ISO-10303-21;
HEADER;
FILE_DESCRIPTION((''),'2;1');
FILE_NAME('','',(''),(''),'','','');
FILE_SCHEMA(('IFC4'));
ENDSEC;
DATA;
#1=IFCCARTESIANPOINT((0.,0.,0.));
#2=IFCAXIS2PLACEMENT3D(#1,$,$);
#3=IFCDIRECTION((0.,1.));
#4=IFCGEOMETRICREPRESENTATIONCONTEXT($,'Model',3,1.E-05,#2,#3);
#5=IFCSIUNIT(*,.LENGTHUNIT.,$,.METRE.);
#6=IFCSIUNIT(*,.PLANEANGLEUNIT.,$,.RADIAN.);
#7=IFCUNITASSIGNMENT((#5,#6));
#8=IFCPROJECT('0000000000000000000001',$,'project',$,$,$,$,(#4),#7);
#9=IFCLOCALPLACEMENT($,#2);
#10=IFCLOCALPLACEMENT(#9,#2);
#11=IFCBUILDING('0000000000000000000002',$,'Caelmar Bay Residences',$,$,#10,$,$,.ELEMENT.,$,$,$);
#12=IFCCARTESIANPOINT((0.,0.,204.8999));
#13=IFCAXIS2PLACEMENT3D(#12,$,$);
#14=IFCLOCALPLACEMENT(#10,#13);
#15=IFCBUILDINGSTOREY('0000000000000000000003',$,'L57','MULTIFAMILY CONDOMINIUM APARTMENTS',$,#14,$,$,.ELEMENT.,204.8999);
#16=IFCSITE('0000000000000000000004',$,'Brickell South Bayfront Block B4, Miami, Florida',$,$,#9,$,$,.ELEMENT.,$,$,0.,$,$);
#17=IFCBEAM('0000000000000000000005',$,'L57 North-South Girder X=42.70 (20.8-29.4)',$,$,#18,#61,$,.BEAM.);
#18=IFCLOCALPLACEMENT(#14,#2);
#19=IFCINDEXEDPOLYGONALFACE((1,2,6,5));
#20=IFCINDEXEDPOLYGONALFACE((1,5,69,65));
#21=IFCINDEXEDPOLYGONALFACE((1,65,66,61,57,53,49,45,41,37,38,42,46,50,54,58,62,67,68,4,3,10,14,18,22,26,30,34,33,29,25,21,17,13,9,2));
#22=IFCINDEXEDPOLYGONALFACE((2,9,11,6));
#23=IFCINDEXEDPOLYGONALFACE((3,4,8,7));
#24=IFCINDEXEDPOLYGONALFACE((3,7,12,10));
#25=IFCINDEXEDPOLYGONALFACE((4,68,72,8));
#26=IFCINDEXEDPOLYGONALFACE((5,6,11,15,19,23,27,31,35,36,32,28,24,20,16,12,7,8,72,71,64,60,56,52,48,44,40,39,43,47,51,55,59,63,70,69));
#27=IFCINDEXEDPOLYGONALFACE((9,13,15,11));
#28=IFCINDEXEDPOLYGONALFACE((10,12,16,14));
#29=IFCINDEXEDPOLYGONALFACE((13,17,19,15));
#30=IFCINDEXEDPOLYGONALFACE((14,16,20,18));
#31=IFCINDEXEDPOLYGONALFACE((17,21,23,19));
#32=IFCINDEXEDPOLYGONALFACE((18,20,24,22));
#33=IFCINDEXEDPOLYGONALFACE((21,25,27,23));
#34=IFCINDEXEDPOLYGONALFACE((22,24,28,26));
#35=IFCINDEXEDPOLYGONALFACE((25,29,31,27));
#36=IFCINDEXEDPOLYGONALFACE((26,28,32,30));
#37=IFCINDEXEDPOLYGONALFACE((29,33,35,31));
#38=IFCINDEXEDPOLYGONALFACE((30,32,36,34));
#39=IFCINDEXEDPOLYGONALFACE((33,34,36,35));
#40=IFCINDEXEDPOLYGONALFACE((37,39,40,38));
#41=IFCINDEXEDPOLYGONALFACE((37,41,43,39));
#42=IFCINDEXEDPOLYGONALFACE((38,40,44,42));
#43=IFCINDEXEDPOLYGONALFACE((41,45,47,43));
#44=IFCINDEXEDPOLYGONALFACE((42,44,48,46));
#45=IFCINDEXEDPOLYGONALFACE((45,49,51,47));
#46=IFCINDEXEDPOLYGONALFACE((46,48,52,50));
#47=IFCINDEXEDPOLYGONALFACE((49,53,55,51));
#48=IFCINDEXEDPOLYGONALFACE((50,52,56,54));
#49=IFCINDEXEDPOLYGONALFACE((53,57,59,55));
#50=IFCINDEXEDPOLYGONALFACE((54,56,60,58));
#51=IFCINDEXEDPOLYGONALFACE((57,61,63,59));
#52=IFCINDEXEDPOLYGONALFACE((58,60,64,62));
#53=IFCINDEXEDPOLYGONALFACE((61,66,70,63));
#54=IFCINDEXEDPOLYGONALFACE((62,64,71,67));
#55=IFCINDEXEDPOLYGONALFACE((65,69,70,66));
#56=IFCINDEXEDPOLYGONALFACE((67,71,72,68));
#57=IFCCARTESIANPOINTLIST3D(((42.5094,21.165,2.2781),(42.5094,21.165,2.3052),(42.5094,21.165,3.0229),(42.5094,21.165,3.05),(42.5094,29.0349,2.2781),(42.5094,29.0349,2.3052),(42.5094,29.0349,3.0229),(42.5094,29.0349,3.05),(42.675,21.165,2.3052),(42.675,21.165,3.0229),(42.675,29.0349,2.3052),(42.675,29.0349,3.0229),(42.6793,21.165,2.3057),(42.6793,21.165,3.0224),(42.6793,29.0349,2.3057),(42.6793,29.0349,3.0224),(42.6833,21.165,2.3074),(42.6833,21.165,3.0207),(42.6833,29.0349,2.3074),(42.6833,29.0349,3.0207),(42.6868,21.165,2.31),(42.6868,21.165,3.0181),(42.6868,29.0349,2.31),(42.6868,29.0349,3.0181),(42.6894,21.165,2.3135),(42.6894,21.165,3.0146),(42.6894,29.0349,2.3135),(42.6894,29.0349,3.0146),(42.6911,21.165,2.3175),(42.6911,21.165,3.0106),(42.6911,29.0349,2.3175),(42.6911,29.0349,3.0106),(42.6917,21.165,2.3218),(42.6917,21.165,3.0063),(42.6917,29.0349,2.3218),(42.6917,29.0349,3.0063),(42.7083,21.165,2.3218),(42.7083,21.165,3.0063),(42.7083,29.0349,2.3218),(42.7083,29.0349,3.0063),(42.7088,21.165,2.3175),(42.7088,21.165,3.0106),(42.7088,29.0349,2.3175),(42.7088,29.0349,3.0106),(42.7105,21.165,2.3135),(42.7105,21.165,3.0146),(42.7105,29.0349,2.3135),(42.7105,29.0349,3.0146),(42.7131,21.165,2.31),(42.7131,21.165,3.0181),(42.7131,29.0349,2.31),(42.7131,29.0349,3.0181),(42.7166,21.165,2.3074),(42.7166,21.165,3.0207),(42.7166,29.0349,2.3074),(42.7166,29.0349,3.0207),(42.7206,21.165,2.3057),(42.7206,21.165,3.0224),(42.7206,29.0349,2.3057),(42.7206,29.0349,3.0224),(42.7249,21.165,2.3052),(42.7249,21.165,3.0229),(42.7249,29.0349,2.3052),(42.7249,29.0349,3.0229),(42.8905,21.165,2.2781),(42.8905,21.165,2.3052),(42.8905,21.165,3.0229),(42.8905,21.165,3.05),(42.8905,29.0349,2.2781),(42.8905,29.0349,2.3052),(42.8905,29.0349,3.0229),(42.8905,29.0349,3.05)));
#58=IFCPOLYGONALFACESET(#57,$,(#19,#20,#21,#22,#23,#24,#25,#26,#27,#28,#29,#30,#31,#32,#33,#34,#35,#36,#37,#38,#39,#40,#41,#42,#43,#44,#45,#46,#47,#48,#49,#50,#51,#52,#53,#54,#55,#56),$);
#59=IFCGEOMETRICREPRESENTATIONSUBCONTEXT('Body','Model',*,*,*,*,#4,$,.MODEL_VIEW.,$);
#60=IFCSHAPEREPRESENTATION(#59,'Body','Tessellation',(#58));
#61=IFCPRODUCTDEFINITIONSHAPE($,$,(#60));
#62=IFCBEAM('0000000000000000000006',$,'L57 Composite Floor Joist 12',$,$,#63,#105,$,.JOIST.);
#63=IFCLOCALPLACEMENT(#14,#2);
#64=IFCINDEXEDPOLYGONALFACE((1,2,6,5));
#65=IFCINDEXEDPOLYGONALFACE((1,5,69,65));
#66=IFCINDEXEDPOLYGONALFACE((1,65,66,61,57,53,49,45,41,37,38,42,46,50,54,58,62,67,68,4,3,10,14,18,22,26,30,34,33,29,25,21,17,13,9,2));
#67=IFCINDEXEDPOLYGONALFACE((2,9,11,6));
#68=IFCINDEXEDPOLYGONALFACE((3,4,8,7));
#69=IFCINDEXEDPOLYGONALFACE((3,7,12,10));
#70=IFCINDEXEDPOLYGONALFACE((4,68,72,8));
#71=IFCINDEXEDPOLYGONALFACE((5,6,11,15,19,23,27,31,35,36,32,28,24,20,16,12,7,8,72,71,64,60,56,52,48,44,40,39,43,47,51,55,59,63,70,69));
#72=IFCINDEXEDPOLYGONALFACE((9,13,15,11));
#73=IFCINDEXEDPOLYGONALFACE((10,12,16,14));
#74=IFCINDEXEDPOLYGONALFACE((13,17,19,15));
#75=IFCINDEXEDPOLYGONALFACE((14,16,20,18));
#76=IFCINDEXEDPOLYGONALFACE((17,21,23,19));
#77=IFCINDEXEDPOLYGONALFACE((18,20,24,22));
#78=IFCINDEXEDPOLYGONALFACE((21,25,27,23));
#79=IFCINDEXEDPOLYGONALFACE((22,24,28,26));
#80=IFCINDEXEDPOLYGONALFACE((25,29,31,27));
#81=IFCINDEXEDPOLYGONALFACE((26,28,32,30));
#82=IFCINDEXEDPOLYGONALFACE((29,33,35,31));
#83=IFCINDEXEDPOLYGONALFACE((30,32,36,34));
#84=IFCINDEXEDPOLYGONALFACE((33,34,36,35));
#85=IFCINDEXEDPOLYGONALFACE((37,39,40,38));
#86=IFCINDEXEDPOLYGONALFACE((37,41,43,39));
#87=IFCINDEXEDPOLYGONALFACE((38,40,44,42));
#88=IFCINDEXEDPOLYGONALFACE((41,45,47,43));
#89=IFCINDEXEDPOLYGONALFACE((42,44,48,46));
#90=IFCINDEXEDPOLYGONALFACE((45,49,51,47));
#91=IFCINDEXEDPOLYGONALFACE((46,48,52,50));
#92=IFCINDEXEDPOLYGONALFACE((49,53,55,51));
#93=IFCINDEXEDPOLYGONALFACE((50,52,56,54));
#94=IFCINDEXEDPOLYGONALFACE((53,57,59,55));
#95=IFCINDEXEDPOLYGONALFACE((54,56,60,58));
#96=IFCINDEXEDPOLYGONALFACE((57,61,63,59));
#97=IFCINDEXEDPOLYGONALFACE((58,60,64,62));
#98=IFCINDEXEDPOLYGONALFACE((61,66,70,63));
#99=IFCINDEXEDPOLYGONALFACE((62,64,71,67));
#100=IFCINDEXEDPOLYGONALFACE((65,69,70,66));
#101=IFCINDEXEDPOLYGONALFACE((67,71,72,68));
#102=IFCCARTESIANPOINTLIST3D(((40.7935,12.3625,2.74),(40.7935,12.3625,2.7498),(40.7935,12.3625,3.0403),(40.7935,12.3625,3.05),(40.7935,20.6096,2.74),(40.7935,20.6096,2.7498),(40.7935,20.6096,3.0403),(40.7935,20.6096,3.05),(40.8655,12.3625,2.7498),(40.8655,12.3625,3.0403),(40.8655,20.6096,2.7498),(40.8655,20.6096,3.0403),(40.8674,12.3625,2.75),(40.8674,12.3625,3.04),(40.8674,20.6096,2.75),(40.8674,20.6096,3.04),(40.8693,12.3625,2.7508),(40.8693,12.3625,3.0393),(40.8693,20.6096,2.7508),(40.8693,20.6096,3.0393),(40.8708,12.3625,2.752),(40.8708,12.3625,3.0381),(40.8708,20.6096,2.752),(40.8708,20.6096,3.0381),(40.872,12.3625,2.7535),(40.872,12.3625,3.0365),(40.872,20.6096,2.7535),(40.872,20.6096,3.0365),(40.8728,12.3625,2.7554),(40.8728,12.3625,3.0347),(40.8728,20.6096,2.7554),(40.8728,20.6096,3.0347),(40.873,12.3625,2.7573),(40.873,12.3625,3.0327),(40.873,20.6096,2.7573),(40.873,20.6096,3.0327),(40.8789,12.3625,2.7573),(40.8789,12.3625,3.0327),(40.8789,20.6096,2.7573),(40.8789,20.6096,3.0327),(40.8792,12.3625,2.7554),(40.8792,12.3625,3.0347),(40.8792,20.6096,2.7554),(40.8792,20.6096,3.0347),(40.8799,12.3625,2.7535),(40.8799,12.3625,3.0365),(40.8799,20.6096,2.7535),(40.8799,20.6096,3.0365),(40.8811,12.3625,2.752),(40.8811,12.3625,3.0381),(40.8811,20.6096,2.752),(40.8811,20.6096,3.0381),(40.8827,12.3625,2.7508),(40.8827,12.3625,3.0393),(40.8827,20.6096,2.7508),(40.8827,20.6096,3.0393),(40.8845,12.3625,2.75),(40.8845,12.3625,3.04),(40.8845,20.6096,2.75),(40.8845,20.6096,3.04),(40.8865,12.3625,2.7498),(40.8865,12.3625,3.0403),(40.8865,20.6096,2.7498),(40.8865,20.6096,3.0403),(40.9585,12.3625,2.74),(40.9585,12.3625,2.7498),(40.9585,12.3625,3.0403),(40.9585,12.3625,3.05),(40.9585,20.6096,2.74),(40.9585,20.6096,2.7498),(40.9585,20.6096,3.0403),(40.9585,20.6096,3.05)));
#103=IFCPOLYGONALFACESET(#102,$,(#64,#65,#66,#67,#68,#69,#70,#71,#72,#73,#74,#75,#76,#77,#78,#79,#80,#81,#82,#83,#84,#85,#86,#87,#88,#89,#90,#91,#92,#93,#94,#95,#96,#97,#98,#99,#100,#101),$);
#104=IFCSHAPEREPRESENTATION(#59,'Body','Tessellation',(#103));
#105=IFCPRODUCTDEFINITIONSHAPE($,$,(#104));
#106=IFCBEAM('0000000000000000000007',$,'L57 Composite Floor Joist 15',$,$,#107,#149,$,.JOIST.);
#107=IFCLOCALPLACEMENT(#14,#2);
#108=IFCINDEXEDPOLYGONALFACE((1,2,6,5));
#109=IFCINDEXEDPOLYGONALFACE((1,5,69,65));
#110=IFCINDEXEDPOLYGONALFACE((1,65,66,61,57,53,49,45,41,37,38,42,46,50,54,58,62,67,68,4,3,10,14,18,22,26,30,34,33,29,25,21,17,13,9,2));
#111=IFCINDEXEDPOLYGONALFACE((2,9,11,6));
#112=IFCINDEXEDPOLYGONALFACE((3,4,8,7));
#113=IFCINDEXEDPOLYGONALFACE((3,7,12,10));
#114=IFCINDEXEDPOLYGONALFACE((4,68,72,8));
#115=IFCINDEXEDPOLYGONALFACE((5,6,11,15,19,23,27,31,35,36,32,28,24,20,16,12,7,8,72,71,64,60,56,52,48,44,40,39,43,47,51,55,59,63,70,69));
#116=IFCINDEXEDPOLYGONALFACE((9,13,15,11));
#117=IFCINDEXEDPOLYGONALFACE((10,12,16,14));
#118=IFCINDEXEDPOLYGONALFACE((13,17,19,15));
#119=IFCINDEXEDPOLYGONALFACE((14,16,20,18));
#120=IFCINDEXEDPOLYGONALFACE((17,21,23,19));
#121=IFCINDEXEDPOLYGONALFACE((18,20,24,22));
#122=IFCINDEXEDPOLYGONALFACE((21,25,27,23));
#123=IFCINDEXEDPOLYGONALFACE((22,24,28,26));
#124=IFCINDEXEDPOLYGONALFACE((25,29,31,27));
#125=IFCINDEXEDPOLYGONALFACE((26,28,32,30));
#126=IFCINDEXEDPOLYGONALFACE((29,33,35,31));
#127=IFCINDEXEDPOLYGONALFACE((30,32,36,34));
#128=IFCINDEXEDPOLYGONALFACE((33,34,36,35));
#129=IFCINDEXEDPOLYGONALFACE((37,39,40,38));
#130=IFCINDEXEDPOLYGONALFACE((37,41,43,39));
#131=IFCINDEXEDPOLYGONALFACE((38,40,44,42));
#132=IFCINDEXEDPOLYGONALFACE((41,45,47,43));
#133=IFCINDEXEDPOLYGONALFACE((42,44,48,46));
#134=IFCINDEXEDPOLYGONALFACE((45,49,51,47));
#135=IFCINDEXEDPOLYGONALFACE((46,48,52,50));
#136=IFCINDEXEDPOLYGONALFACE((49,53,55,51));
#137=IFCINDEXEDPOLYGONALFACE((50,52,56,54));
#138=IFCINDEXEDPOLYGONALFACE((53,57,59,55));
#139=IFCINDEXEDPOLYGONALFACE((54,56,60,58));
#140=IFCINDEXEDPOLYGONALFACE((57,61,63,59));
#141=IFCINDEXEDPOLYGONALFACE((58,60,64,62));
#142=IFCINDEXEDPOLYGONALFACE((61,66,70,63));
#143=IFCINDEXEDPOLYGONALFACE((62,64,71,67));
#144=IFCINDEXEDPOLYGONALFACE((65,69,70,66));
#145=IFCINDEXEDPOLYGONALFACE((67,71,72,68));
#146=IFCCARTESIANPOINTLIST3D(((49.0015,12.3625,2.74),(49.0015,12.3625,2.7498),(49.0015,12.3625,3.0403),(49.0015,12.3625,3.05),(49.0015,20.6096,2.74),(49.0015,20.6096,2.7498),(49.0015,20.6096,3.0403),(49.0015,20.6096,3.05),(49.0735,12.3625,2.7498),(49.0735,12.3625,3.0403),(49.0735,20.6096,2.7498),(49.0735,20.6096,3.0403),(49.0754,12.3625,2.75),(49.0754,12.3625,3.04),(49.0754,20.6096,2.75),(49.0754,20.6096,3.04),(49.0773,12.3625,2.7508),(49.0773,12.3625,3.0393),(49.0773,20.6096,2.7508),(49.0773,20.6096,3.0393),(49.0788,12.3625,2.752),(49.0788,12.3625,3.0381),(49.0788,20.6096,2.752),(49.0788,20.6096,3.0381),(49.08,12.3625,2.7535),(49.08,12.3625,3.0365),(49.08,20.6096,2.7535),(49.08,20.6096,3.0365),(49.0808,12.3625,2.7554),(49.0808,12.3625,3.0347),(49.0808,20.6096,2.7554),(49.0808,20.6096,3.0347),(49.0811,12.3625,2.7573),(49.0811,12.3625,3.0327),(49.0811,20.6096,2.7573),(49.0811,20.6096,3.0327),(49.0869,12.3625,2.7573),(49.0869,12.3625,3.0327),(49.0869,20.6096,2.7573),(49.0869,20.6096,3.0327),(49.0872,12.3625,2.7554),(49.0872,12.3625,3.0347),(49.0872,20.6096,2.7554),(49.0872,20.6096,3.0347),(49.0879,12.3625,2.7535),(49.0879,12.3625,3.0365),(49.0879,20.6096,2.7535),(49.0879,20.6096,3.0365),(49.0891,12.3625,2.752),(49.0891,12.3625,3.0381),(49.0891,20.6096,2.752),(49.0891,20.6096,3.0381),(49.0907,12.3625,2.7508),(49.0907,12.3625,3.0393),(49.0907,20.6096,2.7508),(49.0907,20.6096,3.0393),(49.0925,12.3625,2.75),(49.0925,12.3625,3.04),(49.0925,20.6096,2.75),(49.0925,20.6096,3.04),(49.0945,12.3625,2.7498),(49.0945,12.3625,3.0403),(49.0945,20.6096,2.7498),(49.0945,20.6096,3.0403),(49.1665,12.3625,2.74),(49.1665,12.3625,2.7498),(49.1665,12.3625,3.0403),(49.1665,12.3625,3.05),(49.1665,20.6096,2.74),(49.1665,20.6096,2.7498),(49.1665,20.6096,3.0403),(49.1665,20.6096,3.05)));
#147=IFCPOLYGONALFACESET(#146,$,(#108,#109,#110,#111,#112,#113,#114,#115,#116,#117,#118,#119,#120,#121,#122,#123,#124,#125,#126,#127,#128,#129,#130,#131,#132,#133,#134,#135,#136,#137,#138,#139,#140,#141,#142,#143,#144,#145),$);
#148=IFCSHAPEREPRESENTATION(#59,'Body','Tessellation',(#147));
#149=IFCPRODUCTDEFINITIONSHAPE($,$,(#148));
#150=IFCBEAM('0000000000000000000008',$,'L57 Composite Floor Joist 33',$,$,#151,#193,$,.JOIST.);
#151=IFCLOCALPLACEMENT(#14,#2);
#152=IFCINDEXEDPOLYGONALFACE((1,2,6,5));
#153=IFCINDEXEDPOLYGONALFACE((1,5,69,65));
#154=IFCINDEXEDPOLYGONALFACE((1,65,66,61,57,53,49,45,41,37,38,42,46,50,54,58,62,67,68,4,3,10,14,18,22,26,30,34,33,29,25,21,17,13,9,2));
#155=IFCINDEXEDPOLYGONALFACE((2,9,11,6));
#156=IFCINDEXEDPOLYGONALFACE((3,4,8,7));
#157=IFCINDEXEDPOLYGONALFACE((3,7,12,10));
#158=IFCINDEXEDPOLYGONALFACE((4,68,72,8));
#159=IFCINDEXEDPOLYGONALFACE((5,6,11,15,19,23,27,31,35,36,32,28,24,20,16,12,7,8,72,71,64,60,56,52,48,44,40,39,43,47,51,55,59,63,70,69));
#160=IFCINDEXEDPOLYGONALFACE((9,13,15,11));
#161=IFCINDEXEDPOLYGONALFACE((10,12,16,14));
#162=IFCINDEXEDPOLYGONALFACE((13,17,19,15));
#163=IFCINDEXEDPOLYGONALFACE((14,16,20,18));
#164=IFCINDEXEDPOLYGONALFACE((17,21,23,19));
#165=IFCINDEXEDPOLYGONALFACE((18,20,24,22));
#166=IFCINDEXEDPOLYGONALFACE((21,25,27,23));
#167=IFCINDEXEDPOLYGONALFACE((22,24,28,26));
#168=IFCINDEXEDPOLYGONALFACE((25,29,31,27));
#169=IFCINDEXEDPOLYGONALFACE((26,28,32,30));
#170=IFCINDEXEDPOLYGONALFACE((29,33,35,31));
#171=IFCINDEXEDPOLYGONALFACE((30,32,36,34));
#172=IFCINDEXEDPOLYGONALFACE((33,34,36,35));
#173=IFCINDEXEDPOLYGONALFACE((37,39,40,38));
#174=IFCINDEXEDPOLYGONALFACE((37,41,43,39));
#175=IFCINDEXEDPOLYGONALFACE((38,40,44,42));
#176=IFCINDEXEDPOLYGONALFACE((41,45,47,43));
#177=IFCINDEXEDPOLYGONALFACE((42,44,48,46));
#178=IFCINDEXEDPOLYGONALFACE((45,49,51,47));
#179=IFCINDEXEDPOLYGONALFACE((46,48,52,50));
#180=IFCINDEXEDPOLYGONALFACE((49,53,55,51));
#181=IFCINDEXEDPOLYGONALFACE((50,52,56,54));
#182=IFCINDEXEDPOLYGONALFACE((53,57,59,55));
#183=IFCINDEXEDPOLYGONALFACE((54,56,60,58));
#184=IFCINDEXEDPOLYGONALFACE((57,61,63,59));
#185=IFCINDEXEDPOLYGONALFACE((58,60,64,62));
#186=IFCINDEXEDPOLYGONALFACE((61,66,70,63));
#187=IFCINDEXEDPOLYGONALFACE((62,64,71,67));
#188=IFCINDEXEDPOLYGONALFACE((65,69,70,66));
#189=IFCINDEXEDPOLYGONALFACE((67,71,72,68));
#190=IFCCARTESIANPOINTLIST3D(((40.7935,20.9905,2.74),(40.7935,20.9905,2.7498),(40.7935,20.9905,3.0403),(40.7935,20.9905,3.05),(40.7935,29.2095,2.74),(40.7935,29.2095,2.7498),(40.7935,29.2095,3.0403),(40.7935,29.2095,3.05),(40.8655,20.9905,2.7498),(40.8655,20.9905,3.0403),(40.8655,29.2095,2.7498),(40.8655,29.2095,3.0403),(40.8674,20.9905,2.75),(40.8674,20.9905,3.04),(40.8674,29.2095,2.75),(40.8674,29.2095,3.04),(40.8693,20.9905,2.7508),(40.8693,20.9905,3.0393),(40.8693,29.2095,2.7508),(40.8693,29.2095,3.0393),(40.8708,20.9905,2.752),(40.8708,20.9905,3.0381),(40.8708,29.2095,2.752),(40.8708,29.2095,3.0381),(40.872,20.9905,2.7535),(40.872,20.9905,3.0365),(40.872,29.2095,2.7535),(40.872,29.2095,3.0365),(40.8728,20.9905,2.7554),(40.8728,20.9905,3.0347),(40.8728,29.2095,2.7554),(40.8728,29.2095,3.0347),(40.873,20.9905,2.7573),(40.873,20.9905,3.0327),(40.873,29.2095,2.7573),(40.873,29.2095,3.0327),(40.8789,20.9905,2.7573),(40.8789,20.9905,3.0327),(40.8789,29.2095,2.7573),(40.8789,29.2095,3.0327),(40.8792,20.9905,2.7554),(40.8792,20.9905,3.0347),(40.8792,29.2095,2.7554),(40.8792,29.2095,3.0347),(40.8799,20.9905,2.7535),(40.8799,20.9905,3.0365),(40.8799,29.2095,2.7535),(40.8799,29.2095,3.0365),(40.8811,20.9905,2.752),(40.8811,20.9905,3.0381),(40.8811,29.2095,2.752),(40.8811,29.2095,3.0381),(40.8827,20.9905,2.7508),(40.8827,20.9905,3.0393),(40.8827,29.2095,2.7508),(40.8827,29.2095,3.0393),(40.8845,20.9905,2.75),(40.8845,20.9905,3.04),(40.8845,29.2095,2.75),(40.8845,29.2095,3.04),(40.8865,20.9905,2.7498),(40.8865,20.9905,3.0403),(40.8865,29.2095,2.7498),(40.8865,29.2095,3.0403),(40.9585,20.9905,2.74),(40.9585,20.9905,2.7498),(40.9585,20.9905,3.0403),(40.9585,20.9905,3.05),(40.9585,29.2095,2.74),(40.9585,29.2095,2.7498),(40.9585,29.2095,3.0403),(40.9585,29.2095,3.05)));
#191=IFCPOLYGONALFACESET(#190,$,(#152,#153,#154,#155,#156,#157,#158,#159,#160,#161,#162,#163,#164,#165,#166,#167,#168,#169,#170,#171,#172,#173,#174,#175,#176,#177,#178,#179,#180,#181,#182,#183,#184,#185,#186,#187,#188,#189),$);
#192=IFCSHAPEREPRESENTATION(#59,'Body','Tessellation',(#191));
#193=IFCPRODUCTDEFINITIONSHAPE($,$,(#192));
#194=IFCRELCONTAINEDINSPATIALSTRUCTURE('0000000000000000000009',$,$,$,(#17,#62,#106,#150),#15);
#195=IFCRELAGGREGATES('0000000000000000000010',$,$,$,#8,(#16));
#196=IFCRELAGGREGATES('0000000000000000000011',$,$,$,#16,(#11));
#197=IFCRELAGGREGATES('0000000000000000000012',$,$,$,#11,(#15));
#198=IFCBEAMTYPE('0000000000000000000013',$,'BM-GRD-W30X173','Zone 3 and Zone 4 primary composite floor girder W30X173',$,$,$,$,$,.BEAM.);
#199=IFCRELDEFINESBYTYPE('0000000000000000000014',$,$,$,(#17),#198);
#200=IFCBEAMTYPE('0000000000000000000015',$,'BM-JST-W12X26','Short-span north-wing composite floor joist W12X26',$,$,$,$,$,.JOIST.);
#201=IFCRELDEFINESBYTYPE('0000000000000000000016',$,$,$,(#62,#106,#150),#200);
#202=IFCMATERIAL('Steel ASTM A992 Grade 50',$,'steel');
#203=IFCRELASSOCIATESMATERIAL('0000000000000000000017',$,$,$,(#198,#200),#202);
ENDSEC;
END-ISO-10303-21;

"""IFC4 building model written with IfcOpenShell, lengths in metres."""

from ifc_helpers import new_model, si_unit, direction, frame, origin, origin_2d, place, context, subcontext, project, spatial, i_section, extrude, material, material_profile, profile_set, type_object, element, save


model = new_model("IFC4")

# Units and contexts
model_context = context("Model", 3, precision=1e-05, world=origin(), true_north=direction((0.0, 1.0)))
body_context = subcontext(model_context, "Body", "Model", "MODEL_VIEW")
ifc_project = project(units=[si_unit("LENGTHUNIT", "METRE"), si_unit("PLANEANGLEUNIT", "RADIAN")], contexts=[model_context])

# Site, building, storey
site_placement = place(None, origin())
site = spatial("IfcSite", under=ifc_project, at=site_placement, Name="Brickell South Bayfront Block B4, Miami, Florida", CompositionType="ELEMENT", RefElevation=0.0)
building_placement = place(site_placement, origin())
building = spatial("IfcBuilding", under=site, at=building_placement, Name="Caelmar Bay Residences", CompositionType="ELEMENT")
storey_placement = place(building_placement, frame((0.0, 0.0, 204.8999)))
storey = spatial("IfcBuildingStorey", under=building, at=storey_placement, Name="L57", Description="MULTIFAMILY CONDOMINIUM APARTMENTS", CompositionType="ELEMENT", Elevation=204.8999)

# Beams
ifc_material_1 = material(Name="Steel ASTM A992 Grade 50", Category="steel")
ifc_material_profile_1 = material_profile(ifc_material_1, i_section(OverallWidth=0.3811, OverallDepth=0.772, WebThickness=0.0166, FlangeThickness=0.0271, FilletRadius=0.0166, at=origin_2d()), Name="W30X173")
ifc_profile_set_1 = profile_set([ifc_material_profile_1], Name="Steel ASTM A992 Grade 50")
beam_type_1 = type_object("IfcBeamType", Name="BM-GRD-W30X173", Description="Zone 3 and Zone 4 primary composite floor girder W30X173", PredefinedType="BEAM", material=ifc_profile_set_1)
beam_1_placement = place(storey_placement, frame((42.7, 21.165, 2.6641), z_axis=(0.0, 1.0, 0.0), x_axis=(-1.0, 0.0, 0.0)))
element("IfcBeam", 1, at=beam_1_placement, inside=storey, type_object=beam_type_1, Name="L57 North-South Girder X=42.70 (20.8-29.4)", PredefinedType="BEAM", context=body_context, shape_type="SweptSolid", body=[
    extrude(i_section(OverallWidth=0.3811, OverallDepth=0.772, WebThickness=0.0166, FlangeThickness=0.0271, FilletRadius=0.0166, at=origin_2d()), origin(), (0.0, 0.0, 1.0), 7.8699),
])
ifc_material_profile_2 = material_profile(ifc_material_1, i_section(OverallWidth=0.165, OverallDepth=0.3101, WebThickness=0.0059, FlangeThickness=0.0098, FilletRadius=0.0076, at=origin_2d()), Name="W12X26")
ifc_profile_set_2 = profile_set([ifc_material_profile_2], Name="Steel ASTM A992 Grade 50")
beam_type_2 = type_object("IfcBeamType", Name="BM-JST-W12X26", Description="Short-span north-wing composite floor joist W12X26", PredefinedType="JOIST", material=ifc_profile_set_2)
for number, where, z_axis, x_axis, name in (
    (2, (40.876, 12.3625, 2.895), (0.0, 1.0, 0.0), (-1.0, 0.0, 0.0), "L57 Composite Floor Joist 12"),
    (3, (49.084, 12.3625, 2.895), (0.0, 1.0, 0.0), (-1.0, 0.0, 0.0), "L57 Composite Floor Joist 15"),
):
    element("IfcBeam", number, at=place(storey_placement, frame(where, z_axis=z_axis, x_axis=x_axis)), inside=storey, type_object=beam_type_2, Name=name, PredefinedType="JOIST", context=body_context, shape_type="SweptSolid", body=[
        extrude(i_section(OverallWidth=0.165, OverallDepth=0.3101, WebThickness=0.0059, FlangeThickness=0.0098, FilletRadius=0.0076, at=origin_2d()), origin(), (0.0, 0.0, 1.0), 8.2471),
    ])
beam_2_placement = place(storey_placement, frame((40.876, 20.9905, 2.895), z_axis=(0.0, 1.0, 0.0), x_axis=(-1.0, 0.0, 0.0)))
element("IfcBeam", 4, at=beam_2_placement, inside=storey, type_object=beam_type_2, Name="L57 Composite Floor Joist 33", PredefinedType="JOIST", context=body_context, shape_type="SweptSolid", body=[
    extrude(i_section(OverallWidth=0.165, OverallDepth=0.3101, WebThickness=0.0059, FlangeThickness=0.0098, FilletRadius=0.0076, at=origin_2d()), origin(), (0.0, 0.0, 1.0), 8.219),
])

save(model, "model.ifc")
